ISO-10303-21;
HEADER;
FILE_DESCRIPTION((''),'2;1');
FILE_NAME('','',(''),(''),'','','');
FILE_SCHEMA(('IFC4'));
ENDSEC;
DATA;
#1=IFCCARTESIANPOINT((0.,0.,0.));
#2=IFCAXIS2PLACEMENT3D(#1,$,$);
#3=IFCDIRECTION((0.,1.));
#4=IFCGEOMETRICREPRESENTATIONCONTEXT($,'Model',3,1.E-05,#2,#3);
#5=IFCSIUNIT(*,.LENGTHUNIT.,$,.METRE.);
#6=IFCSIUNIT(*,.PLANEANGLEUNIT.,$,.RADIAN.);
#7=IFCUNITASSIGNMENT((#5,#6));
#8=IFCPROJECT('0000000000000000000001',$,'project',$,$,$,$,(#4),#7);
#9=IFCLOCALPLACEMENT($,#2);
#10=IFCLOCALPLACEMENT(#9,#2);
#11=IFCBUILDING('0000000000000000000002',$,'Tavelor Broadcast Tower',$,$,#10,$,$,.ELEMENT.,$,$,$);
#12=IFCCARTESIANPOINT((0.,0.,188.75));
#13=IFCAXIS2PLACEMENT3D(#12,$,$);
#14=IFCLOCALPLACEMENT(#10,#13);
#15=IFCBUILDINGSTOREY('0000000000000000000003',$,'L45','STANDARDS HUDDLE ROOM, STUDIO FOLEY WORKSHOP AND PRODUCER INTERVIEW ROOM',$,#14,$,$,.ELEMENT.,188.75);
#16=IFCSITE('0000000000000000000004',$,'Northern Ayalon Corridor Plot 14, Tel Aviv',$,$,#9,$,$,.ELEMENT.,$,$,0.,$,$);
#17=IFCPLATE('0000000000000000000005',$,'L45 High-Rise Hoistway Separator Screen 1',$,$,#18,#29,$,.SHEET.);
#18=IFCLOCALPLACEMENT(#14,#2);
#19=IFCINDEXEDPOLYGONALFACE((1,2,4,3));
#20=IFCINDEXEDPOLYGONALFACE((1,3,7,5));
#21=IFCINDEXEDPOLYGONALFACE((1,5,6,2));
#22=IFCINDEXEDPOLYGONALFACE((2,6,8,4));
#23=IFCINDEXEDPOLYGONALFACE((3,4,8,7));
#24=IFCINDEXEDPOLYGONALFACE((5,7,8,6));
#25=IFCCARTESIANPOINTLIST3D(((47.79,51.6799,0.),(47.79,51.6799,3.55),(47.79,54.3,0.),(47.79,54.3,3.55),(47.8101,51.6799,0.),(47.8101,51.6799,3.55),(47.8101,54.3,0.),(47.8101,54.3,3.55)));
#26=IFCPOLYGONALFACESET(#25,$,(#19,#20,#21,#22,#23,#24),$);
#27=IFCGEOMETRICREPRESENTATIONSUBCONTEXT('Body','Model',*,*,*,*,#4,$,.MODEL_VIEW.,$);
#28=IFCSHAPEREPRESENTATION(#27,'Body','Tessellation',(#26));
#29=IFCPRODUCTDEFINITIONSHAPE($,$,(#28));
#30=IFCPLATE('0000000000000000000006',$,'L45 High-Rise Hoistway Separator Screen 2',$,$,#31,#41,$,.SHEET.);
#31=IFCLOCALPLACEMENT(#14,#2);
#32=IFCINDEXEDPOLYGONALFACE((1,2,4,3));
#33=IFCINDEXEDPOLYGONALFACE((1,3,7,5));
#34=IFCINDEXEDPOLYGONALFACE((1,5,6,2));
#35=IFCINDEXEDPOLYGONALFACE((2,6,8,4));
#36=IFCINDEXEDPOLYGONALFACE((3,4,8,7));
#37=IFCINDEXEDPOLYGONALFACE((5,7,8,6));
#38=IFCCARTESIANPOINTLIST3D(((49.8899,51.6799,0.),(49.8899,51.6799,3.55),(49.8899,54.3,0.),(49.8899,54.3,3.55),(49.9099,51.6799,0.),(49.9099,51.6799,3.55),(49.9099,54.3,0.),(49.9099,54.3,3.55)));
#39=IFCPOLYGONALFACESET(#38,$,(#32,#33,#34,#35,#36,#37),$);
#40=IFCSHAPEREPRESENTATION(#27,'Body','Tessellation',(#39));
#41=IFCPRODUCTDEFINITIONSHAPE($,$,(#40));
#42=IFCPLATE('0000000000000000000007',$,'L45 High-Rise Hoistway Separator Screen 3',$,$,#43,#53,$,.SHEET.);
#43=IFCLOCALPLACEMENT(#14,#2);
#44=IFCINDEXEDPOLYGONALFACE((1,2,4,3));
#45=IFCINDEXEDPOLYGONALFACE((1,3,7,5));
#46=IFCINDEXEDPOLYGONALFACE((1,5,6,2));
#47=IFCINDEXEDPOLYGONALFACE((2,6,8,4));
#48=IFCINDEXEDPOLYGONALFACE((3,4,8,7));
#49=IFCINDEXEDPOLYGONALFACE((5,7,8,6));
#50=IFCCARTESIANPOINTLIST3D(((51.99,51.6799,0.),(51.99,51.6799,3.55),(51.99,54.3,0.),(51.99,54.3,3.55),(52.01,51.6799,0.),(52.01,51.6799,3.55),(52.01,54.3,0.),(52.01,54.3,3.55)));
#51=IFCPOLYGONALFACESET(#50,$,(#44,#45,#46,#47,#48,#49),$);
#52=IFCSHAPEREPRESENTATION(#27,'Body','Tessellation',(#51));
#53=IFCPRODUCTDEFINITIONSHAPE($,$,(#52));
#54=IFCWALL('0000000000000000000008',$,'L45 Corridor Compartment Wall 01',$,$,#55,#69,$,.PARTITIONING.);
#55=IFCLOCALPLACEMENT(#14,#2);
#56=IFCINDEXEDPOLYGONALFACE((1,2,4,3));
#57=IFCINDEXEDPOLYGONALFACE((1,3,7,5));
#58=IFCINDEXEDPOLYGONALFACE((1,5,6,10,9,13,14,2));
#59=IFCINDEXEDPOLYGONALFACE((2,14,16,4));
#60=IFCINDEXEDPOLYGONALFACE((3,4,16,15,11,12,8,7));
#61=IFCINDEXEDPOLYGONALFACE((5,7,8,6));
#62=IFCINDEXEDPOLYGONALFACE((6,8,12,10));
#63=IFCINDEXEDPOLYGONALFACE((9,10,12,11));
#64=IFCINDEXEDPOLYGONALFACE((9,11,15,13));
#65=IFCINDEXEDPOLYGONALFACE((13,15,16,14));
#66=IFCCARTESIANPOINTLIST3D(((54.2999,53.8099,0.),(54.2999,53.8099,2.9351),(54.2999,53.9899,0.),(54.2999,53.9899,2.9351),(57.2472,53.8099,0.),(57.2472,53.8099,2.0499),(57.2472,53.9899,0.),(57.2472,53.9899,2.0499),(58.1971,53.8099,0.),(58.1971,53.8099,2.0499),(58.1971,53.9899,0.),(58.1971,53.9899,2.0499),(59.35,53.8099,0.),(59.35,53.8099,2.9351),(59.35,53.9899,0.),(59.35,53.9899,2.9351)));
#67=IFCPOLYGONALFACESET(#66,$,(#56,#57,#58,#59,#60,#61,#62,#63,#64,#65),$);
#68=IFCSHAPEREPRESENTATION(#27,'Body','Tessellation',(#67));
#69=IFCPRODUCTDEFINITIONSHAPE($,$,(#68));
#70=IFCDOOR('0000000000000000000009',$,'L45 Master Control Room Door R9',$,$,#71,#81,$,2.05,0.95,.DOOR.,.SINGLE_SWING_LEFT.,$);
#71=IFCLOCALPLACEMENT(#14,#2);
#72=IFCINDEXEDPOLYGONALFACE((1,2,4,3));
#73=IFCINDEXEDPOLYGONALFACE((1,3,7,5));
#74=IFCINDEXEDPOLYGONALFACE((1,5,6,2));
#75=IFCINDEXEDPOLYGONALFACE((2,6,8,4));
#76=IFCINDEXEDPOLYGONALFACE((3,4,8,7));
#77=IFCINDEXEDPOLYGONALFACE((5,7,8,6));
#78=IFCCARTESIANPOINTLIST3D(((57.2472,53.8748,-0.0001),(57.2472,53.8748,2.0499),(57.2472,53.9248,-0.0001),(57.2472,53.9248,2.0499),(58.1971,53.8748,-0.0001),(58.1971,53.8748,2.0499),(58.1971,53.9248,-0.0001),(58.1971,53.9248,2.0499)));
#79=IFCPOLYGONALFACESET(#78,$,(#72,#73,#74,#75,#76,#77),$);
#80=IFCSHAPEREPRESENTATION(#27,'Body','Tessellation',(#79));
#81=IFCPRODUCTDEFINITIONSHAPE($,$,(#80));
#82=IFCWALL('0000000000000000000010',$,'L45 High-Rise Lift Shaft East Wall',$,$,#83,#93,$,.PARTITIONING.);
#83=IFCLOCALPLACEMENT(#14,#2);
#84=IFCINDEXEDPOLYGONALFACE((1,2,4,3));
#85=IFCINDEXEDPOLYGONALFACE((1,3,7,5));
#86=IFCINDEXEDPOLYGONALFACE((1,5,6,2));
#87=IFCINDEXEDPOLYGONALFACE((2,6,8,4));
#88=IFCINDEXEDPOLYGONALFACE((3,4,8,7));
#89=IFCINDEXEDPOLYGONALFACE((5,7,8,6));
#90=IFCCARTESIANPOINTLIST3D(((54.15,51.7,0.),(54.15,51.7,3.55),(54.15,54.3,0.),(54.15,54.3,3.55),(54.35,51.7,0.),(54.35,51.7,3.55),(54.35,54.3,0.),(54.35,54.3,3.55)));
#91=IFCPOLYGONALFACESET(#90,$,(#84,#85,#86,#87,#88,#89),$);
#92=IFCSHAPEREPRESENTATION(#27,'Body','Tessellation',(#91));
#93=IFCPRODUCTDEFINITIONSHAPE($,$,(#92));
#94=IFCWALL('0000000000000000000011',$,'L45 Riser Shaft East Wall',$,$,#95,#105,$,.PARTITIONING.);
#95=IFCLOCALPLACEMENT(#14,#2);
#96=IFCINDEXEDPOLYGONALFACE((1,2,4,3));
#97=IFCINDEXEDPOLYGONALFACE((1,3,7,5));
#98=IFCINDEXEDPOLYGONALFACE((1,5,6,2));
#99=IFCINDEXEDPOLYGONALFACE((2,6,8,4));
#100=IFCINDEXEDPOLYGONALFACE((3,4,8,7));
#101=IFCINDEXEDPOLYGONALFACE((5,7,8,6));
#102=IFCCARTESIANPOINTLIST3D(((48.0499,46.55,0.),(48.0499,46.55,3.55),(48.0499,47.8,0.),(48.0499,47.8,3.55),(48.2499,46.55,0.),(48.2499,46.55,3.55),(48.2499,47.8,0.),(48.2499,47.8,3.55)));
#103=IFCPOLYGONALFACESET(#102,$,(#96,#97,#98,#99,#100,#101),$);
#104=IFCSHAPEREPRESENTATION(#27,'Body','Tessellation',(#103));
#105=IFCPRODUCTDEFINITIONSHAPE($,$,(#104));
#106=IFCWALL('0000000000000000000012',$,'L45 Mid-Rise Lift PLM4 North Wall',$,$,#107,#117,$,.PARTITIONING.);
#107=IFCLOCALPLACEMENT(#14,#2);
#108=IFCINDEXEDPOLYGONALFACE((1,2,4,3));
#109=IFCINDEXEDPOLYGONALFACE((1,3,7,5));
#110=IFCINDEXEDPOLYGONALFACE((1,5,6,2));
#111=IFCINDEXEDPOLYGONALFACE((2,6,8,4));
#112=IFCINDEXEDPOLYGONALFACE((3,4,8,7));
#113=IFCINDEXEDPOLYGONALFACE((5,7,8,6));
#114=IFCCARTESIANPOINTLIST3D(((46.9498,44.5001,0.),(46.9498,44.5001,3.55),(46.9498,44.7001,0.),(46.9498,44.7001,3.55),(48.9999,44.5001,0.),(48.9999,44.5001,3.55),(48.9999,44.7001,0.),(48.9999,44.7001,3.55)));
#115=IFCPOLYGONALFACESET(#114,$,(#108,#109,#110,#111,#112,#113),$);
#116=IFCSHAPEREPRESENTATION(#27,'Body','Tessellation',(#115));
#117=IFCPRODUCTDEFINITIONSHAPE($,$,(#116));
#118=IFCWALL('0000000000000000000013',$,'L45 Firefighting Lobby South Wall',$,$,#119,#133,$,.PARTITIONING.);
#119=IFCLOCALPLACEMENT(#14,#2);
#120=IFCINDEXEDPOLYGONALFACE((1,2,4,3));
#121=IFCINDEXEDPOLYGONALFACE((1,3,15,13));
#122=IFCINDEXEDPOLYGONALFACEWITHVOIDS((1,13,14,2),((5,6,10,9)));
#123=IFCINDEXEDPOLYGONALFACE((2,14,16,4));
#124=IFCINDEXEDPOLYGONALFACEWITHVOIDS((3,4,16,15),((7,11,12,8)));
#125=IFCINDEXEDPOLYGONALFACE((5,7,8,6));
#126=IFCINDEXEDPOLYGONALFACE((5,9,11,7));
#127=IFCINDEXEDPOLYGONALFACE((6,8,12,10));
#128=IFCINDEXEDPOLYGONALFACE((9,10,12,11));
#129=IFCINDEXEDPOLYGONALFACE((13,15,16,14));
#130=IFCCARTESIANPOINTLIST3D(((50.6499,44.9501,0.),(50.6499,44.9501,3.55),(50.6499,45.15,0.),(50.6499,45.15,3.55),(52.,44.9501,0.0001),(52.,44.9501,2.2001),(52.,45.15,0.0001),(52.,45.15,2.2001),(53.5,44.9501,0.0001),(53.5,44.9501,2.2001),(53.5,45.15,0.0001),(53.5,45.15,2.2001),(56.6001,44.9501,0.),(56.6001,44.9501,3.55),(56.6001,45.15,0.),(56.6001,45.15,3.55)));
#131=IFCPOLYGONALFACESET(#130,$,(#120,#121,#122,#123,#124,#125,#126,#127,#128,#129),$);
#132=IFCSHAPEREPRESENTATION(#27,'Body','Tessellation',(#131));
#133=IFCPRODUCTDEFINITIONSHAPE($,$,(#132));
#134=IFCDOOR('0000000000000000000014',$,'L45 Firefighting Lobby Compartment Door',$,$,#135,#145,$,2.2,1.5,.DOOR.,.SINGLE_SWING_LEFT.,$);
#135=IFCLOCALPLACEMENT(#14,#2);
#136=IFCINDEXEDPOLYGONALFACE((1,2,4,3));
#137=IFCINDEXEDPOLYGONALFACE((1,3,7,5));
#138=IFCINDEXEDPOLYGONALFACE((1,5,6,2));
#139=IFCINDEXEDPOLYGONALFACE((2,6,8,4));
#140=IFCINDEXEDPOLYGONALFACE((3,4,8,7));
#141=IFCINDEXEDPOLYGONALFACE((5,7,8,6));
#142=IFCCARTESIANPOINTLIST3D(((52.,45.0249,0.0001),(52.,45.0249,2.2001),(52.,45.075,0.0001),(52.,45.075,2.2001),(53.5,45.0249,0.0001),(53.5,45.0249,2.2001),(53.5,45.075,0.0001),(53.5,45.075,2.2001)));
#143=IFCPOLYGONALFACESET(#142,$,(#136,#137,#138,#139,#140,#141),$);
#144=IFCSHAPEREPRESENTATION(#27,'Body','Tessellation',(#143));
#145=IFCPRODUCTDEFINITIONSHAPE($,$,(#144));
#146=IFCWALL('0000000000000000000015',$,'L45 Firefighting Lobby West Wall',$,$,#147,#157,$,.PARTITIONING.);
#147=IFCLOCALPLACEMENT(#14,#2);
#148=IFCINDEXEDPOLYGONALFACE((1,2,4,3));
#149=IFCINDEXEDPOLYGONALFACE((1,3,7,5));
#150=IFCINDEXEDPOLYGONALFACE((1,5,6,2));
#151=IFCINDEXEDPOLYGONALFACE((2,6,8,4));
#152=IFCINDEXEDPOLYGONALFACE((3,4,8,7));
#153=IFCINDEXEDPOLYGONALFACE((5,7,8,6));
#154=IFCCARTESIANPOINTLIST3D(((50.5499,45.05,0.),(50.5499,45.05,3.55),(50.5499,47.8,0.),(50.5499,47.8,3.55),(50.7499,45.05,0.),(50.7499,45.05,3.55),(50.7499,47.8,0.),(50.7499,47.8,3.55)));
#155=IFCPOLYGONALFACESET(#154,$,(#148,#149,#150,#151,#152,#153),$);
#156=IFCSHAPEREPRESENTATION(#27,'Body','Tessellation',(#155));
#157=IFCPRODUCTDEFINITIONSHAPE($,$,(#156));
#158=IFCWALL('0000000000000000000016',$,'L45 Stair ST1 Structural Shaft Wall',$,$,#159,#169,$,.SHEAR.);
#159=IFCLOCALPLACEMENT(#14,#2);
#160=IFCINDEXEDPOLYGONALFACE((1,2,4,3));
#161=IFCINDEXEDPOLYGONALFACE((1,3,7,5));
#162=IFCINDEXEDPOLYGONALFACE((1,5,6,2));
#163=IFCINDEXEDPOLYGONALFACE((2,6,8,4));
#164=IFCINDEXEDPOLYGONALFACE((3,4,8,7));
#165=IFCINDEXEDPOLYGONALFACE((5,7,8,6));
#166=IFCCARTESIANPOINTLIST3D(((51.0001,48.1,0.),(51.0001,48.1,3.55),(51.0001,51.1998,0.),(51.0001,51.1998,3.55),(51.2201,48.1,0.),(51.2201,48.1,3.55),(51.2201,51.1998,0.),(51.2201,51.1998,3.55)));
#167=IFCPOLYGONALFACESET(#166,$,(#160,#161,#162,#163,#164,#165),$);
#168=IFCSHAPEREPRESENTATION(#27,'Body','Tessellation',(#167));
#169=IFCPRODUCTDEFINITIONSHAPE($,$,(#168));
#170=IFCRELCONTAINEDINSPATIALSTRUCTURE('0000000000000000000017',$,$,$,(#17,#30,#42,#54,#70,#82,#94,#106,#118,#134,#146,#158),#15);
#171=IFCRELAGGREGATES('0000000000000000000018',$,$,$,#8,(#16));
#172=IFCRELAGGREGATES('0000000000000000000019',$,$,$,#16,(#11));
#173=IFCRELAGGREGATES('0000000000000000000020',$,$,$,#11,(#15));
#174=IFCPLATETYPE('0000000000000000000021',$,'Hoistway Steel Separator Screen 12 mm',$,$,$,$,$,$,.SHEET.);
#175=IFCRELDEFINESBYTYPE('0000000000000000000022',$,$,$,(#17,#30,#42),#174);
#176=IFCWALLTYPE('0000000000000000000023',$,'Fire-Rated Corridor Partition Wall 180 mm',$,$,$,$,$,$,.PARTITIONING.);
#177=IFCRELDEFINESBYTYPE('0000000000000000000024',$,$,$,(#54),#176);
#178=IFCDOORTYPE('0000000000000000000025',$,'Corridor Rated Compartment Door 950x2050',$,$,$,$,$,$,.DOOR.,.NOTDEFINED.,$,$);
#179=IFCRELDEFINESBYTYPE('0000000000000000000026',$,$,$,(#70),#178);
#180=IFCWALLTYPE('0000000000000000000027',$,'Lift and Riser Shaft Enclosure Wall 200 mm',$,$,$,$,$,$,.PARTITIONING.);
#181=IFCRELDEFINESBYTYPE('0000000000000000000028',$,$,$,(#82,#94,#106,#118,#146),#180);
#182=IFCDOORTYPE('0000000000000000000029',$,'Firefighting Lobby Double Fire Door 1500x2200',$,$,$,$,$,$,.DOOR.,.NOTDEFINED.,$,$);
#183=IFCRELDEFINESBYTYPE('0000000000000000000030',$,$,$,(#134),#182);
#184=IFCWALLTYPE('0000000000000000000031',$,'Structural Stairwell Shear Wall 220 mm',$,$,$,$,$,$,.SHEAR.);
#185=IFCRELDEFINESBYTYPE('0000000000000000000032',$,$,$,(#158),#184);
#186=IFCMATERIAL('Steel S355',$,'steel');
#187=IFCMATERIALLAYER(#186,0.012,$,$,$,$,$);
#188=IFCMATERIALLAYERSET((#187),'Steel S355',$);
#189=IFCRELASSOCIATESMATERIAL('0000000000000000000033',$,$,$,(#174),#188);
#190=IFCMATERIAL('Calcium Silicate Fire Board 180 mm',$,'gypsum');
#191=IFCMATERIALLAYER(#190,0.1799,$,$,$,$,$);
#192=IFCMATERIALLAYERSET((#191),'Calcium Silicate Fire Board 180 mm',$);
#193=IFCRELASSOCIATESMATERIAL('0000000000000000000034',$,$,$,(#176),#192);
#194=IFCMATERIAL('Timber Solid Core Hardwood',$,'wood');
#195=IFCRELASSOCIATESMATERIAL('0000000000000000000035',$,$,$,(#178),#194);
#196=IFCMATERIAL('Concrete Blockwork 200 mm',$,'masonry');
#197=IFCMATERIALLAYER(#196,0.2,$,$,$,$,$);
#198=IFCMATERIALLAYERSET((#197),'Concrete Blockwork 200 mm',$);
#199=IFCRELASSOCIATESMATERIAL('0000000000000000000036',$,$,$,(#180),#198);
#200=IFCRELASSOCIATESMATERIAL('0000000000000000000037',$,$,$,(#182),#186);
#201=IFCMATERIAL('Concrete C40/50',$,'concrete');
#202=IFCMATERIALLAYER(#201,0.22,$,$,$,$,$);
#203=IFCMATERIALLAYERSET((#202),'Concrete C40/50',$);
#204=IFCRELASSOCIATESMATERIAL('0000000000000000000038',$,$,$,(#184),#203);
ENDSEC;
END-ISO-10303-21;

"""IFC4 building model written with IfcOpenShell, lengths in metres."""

from ifc_helpers import new_model, si_unit, direction, frame, frame_2d, origin, origin_2d, place, context, subcontext, project, spatial, rectangle, extrude, source, transform, mapped, material, layer, layer_set, type_object, type_shapes, element, fill, save


model = new_model("IFC4")

# Units and contexts
model_context = context("Model", 3, precision=1e-05, world=origin(), true_north=direction((0.0, 1.0)))
body_context = subcontext(model_context, "Body", "Model", "MODEL_VIEW")
ifc_project = project(units=[si_unit("LENGTHUNIT", "METRE"), si_unit("PLANEANGLEUNIT", "RADIAN")], contexts=[model_context])

# Site, building, storey
site_placement = place(None, origin())
site = spatial("IfcSite", under=ifc_project, at=site_placement, Name="Northern Ayalon Corridor Plot 14, Tel Aviv", CompositionType="ELEMENT", RefElevation=0.0)
building_placement = place(site_placement, origin())
building = spatial("IfcBuilding", under=site, at=building_placement, Name="Tavelor Broadcast Tower", CompositionType="ELEMENT")
storey_placement = place(building_placement, frame((0.0, 0.0, 188.75)))
storey = spatial("IfcBuildingStorey", under=building, at=storey_placement, Name="L45", Description="STANDARDS HUDDLE ROOM, STUDIO FOLEY WORKSHOP AND PRODUCER INTERVIEW ROOM", CompositionType="ELEMENT", Elevation=188.75)

# Shared definitions
ifc_material_1 = material(Name="Concrete C40/50", Category="concrete")
ifc_material_2 = material(Name="Steel S355", Category="steel")

# Plates
ifc_layer_1 = layer(ifc_material_2, 0.012)
ifc_layer_set_1 = layer_set([ifc_layer_1], Name="Steel S355")
plate_type = type_object("IfcPlateType", Name="Hoistway Steel Separator Screen 12 mm", PredefinedType="SHEET", material=ifc_layer_set_1)
shared_shape = source(origin(), body_context, "Body", "SweptSolid", [
    extrude(rectangle(XDim=0.02, YDim=2.6201, at=origin_2d()), origin(), (0.0, 0.0, 1.0), 3.55),
])
type_shapes(plate_type, [shared_shape])
for number, where, z_axis, x_axis, name in (
    (1, (47.8, 52.99, 0.0), (0.0, 0.0, 1.0), (1.0, 0.0, 0.0), "L45 High-Rise Hoistway Separator Screen 1"),
    (2, (49.8999, 52.99, 0.0), (0.0, 0.0, 1.0), (1.0, 0.0, 0.0), "L45 High-Rise Hoistway Separator Screen 2"),
    (3, (52.0, 52.99, 0.0), (0.0, 0.0, 1.0), (1.0, 0.0, 0.0), "L45 High-Rise Hoistway Separator Screen 3"),
):
    element("IfcPlate", number, at=place(storey_placement, frame(where, z_axis=z_axis, x_axis=x_axis)), inside=storey, type_object=plate_type, Name=name, PredefinedType="SHEET", context=body_context, shape_type="MappedRepresentation", body=[
        mapped(shared_shape, transform((0.0, 0.0, 0.0), scale=1.0)),
    ])

# Wall, opening, door
ifc_material_3 = material(Name="Calcium Silicate Fire Board 180 mm", Category="gypsum")
ifc_layer_2 = layer(ifc_material_3, 0.1799)
ifc_layer_set_2 = layer_set([ifc_layer_2], Name="Calcium Silicate Fire Board 180 mm")
wall_type_1 = type_object("IfcWallType", Name="Fire-Rated Corridor Partition Wall 180 mm", PredefinedType="PARTITIONING", material=ifc_layer_set_2)
wall_1_placement = place(storey_placement, frame((54.3, 53.8999, 0.0), z_axis=(0.0, 0.0, 1.0), x_axis=(1.0, 0.0, 0.0)))
wall_1 = element("IfcWall", 4, at=wall_1_placement, inside=storey, type_object=wall_type_1, Name="L45 Corridor Compartment Wall 01", PredefinedType="PARTITIONING", context=body_context, shape_type="SweptSolid", body=[
    extrude(rectangle(XDim=5.05, YDim=0.1799, at=frame_2d((2.5249, 0.0))), origin(), (0.0, 0.0, 1.0), 2.9351),
])
opening_1_placement = place(wall_1_placement, frame((2.947, 0.0, 0.0)))
opening_1 = element("IfcOpeningElement", 5, at=opening_1_placement, cuts=wall_1, PredefinedType="OPENING", context=body_context, shape_type="SweptSolid", body=[
    extrude(rectangle(XDim=0.95, YDim=2.05, at=frame_2d((0.4751, 1.0249))), frame((0.0, 0.1001, 0.0), z_axis=(0.0, -1.0, 0.0), x_axis=(1.0, 0.0, 0.0)), (0.0, 0.0, 1.0), 0.2),
])
ifc_material_4 = material(Name="Timber Solid Core Hardwood", Category="wood")
door_type_1 = type_object("IfcDoorType", Name="Corridor Rated Compartment Door 950x2050", OperationType="NOTDEFINED", PredefinedType="DOOR", material=ifc_material_4)
door_1_placement = place(opening_1_placement, origin())
door_1 = element("IfcDoor", 6, at=door_1_placement, inside=storey, type_object=door_type_1, Name="L45 Master Control Room Door R9", OperationType="SINGLE_SWING_LEFT", OverallHeight=2.05, OverallWidth=0.95, PredefinedType="DOOR", context=body_context, shape_type="SweptSolid", body=[
    extrude(rectangle(XDim=0.95, YDim=2.05, at=frame_2d((0.4751, 1.0249))), frame((0.0, 0.0249, 0.0), z_axis=(0.0, -1.0, 0.0), x_axis=(1.0, 0.0, 0.0)), (0.0, 0.0, 1.0), 0.05),
])
fill(opening_1, door_1)

# Walls
ifc_material_5 = material(Name="Concrete Blockwork 200 mm", Category="masonry")
ifc_layer_3 = layer(ifc_material_5, 0.2)
ifc_layer_set_3 = layer_set([ifc_layer_3], Name="Concrete Blockwork 200 mm")
wall_type_2 = type_object("IfcWallType", Name="Lift and Riser Shaft Enclosure Wall 200 mm", PredefinedType="PARTITIONING", material=ifc_layer_set_3)
wall_2_placement = place(storey_placement, frame((54.25, 51.7, 0.0), z_axis=(0.0, 0.0, 1.0), x_axis=(0.0, 1.0, 0.0)))
element("IfcWall", 7, at=wall_2_placement, inside=storey, type_object=wall_type_2, Name="L45 High-Rise Lift Shaft East Wall", PredefinedType="PARTITIONING", context=body_context, shape_type="SweptSolid", body=[
    extrude(rectangle(XDim=2.6001, YDim=0.2, at=frame_2d((1.3, 0.0))), origin(), (0.0, 0.0, 1.0), 3.55),
])
wall_3_placement = place(storey_placement, frame((48.1499, 46.55, 0.0), z_axis=(0.0, 0.0, 1.0), x_axis=(0.0, 1.0, 0.0)))
element("IfcWall", 8, at=wall_3_placement, inside=storey, type_object=wall_type_2, Name="L45 Riser Shaft East Wall", PredefinedType="PARTITIONING", context=body_context, shape_type="SweptSolid", body=[
    extrude(rectangle(XDim=1.25, YDim=0.2, at=frame_2d((0.625, 0.0))), origin(), (0.0, 0.0, 1.0), 3.55),
])
wall_4_placement = place(storey_placement, frame((46.95, 44.6001, 0.0), z_axis=(0.0, 0.0, 1.0), x_axis=(1.0, 0.0, 0.0)))
element("IfcWall", 9, at=wall_4_placement, inside=storey, type_object=wall_type_2, Name="L45 Mid-Rise Lift PLM4 North Wall", PredefinedType="PARTITIONING", context=body_context, shape_type="SweptSolid", body=[
    extrude(rectangle(XDim=2.05, YDim=0.2, at=frame_2d((1.0249, 0.0))), origin(), (0.0, 0.0, 1.0), 3.55),
])

# Wall, opening, door
wall_5_placement = place(storey_placement, frame((50.6499, 45.05, 0.0), z_axis=(0.0, 0.0, 1.0), x_axis=(1.0, 0.0, 0.0)))
wall_5 = element("IfcWall", 10, at=wall_5_placement, inside=storey, type_object=wall_type_2, Name="L45 Firefighting Lobby South Wall", PredefinedType="PARTITIONING", context=body_context, shape_type="SweptSolid", body=[
    extrude(rectangle(XDim=5.9502, YDim=0.2, at=frame_2d((2.9751, 0.0))), origin(), (0.0, 0.0, 1.0), 3.55),
])
opening_2_placement = place(wall_5_placement, frame((1.3501, 0.0, 0.0)))
opening_2 = element("IfcOpeningElement", 11, at=opening_2_placement, cuts=wall_5, PredefinedType="OPENING", context=body_context, shape_type="SweptSolid", body=[
    extrude(rectangle(XDim=1.5, YDim=2.2, at=frame_2d((0.75, 1.1001))), frame((0.0, 0.1099, 0.0), z_axis=(0.0, -1.0, 0.0), x_axis=(1.0, 0.0, 0.0)), (0.0, 0.0, 1.0), 0.22),
])
door_type_2 = type_object("IfcDoorType", Name="Firefighting Lobby Double Fire Door 1500x2200", OperationType="NOTDEFINED", PredefinedType="DOOR", material=ifc_material_2)
door_2_placement = place(opening_2_placement, origin())
door_2 = element("IfcDoor", 12, at=door_2_placement, inside=storey, type_object=door_type_2, Name="L45 Firefighting Lobby Compartment Door", OperationType="SINGLE_SWING_LEFT", OverallHeight=2.2, OverallWidth=1.5, PredefinedType="DOOR", context=body_context, shape_type="SweptSolid", body=[
    extrude(rectangle(XDim=1.5, YDim=2.2, at=frame_2d((0.75, 1.1001))), frame((0.0, 0.0249, 0.0), z_axis=(0.0, -1.0, 0.0), x_axis=(1.0, 0.0, 0.0)), (0.0, 0.0, 1.0), 0.05),
])
fill(opening_2, door_2)

# Walls
wall_6_placement = place(storey_placement, frame((50.6499, 45.05, 0.0), z_axis=(0.0, 0.0, 1.0), x_axis=(0.0, 1.0, 0.0)))
element("IfcWall", 13, at=wall_6_placement, inside=storey, type_object=wall_type_2, Name="L45 Firefighting Lobby West Wall", PredefinedType="PARTITIONING", context=body_context, shape_type="SweptSolid", body=[
    extrude(rectangle(XDim=2.75, YDim=0.2, at=frame_2d((1.375, 0.0))), origin(), (0.0, 0.0, 1.0), 3.55),
])
ifc_layer_4 = layer(ifc_material_1, 0.22)
ifc_layer_set_4 = layer_set([ifc_layer_4], Name="Concrete C40/50")
wall_type_3 = type_object("IfcWallType", Name="Structural Stairwell Shear Wall 220 mm", PredefinedType="SHEAR", material=ifc_layer_set_4)
wall_7_placement = place(storey_placement, frame((51.1101, 48.1001, 0.0), z_axis=(0.0, 0.0, 1.0), x_axis=(0.0, 1.0, 0.0)))
element("IfcWall", 14, at=wall_7_placement, inside=storey, type_object=wall_type_3, Name="L45 Stair ST1 Structural Shaft Wall", PredefinedType="SHEAR", context=body_context, shape_type="SweptSolid", body=[
    extrude(rectangle(XDim=3.0999, YDim=0.22, at=frame_2d((1.5498, 0.0))), origin(), (0.0, 0.0, 1.0), 3.55),
])

save(model, "model.ifc")
